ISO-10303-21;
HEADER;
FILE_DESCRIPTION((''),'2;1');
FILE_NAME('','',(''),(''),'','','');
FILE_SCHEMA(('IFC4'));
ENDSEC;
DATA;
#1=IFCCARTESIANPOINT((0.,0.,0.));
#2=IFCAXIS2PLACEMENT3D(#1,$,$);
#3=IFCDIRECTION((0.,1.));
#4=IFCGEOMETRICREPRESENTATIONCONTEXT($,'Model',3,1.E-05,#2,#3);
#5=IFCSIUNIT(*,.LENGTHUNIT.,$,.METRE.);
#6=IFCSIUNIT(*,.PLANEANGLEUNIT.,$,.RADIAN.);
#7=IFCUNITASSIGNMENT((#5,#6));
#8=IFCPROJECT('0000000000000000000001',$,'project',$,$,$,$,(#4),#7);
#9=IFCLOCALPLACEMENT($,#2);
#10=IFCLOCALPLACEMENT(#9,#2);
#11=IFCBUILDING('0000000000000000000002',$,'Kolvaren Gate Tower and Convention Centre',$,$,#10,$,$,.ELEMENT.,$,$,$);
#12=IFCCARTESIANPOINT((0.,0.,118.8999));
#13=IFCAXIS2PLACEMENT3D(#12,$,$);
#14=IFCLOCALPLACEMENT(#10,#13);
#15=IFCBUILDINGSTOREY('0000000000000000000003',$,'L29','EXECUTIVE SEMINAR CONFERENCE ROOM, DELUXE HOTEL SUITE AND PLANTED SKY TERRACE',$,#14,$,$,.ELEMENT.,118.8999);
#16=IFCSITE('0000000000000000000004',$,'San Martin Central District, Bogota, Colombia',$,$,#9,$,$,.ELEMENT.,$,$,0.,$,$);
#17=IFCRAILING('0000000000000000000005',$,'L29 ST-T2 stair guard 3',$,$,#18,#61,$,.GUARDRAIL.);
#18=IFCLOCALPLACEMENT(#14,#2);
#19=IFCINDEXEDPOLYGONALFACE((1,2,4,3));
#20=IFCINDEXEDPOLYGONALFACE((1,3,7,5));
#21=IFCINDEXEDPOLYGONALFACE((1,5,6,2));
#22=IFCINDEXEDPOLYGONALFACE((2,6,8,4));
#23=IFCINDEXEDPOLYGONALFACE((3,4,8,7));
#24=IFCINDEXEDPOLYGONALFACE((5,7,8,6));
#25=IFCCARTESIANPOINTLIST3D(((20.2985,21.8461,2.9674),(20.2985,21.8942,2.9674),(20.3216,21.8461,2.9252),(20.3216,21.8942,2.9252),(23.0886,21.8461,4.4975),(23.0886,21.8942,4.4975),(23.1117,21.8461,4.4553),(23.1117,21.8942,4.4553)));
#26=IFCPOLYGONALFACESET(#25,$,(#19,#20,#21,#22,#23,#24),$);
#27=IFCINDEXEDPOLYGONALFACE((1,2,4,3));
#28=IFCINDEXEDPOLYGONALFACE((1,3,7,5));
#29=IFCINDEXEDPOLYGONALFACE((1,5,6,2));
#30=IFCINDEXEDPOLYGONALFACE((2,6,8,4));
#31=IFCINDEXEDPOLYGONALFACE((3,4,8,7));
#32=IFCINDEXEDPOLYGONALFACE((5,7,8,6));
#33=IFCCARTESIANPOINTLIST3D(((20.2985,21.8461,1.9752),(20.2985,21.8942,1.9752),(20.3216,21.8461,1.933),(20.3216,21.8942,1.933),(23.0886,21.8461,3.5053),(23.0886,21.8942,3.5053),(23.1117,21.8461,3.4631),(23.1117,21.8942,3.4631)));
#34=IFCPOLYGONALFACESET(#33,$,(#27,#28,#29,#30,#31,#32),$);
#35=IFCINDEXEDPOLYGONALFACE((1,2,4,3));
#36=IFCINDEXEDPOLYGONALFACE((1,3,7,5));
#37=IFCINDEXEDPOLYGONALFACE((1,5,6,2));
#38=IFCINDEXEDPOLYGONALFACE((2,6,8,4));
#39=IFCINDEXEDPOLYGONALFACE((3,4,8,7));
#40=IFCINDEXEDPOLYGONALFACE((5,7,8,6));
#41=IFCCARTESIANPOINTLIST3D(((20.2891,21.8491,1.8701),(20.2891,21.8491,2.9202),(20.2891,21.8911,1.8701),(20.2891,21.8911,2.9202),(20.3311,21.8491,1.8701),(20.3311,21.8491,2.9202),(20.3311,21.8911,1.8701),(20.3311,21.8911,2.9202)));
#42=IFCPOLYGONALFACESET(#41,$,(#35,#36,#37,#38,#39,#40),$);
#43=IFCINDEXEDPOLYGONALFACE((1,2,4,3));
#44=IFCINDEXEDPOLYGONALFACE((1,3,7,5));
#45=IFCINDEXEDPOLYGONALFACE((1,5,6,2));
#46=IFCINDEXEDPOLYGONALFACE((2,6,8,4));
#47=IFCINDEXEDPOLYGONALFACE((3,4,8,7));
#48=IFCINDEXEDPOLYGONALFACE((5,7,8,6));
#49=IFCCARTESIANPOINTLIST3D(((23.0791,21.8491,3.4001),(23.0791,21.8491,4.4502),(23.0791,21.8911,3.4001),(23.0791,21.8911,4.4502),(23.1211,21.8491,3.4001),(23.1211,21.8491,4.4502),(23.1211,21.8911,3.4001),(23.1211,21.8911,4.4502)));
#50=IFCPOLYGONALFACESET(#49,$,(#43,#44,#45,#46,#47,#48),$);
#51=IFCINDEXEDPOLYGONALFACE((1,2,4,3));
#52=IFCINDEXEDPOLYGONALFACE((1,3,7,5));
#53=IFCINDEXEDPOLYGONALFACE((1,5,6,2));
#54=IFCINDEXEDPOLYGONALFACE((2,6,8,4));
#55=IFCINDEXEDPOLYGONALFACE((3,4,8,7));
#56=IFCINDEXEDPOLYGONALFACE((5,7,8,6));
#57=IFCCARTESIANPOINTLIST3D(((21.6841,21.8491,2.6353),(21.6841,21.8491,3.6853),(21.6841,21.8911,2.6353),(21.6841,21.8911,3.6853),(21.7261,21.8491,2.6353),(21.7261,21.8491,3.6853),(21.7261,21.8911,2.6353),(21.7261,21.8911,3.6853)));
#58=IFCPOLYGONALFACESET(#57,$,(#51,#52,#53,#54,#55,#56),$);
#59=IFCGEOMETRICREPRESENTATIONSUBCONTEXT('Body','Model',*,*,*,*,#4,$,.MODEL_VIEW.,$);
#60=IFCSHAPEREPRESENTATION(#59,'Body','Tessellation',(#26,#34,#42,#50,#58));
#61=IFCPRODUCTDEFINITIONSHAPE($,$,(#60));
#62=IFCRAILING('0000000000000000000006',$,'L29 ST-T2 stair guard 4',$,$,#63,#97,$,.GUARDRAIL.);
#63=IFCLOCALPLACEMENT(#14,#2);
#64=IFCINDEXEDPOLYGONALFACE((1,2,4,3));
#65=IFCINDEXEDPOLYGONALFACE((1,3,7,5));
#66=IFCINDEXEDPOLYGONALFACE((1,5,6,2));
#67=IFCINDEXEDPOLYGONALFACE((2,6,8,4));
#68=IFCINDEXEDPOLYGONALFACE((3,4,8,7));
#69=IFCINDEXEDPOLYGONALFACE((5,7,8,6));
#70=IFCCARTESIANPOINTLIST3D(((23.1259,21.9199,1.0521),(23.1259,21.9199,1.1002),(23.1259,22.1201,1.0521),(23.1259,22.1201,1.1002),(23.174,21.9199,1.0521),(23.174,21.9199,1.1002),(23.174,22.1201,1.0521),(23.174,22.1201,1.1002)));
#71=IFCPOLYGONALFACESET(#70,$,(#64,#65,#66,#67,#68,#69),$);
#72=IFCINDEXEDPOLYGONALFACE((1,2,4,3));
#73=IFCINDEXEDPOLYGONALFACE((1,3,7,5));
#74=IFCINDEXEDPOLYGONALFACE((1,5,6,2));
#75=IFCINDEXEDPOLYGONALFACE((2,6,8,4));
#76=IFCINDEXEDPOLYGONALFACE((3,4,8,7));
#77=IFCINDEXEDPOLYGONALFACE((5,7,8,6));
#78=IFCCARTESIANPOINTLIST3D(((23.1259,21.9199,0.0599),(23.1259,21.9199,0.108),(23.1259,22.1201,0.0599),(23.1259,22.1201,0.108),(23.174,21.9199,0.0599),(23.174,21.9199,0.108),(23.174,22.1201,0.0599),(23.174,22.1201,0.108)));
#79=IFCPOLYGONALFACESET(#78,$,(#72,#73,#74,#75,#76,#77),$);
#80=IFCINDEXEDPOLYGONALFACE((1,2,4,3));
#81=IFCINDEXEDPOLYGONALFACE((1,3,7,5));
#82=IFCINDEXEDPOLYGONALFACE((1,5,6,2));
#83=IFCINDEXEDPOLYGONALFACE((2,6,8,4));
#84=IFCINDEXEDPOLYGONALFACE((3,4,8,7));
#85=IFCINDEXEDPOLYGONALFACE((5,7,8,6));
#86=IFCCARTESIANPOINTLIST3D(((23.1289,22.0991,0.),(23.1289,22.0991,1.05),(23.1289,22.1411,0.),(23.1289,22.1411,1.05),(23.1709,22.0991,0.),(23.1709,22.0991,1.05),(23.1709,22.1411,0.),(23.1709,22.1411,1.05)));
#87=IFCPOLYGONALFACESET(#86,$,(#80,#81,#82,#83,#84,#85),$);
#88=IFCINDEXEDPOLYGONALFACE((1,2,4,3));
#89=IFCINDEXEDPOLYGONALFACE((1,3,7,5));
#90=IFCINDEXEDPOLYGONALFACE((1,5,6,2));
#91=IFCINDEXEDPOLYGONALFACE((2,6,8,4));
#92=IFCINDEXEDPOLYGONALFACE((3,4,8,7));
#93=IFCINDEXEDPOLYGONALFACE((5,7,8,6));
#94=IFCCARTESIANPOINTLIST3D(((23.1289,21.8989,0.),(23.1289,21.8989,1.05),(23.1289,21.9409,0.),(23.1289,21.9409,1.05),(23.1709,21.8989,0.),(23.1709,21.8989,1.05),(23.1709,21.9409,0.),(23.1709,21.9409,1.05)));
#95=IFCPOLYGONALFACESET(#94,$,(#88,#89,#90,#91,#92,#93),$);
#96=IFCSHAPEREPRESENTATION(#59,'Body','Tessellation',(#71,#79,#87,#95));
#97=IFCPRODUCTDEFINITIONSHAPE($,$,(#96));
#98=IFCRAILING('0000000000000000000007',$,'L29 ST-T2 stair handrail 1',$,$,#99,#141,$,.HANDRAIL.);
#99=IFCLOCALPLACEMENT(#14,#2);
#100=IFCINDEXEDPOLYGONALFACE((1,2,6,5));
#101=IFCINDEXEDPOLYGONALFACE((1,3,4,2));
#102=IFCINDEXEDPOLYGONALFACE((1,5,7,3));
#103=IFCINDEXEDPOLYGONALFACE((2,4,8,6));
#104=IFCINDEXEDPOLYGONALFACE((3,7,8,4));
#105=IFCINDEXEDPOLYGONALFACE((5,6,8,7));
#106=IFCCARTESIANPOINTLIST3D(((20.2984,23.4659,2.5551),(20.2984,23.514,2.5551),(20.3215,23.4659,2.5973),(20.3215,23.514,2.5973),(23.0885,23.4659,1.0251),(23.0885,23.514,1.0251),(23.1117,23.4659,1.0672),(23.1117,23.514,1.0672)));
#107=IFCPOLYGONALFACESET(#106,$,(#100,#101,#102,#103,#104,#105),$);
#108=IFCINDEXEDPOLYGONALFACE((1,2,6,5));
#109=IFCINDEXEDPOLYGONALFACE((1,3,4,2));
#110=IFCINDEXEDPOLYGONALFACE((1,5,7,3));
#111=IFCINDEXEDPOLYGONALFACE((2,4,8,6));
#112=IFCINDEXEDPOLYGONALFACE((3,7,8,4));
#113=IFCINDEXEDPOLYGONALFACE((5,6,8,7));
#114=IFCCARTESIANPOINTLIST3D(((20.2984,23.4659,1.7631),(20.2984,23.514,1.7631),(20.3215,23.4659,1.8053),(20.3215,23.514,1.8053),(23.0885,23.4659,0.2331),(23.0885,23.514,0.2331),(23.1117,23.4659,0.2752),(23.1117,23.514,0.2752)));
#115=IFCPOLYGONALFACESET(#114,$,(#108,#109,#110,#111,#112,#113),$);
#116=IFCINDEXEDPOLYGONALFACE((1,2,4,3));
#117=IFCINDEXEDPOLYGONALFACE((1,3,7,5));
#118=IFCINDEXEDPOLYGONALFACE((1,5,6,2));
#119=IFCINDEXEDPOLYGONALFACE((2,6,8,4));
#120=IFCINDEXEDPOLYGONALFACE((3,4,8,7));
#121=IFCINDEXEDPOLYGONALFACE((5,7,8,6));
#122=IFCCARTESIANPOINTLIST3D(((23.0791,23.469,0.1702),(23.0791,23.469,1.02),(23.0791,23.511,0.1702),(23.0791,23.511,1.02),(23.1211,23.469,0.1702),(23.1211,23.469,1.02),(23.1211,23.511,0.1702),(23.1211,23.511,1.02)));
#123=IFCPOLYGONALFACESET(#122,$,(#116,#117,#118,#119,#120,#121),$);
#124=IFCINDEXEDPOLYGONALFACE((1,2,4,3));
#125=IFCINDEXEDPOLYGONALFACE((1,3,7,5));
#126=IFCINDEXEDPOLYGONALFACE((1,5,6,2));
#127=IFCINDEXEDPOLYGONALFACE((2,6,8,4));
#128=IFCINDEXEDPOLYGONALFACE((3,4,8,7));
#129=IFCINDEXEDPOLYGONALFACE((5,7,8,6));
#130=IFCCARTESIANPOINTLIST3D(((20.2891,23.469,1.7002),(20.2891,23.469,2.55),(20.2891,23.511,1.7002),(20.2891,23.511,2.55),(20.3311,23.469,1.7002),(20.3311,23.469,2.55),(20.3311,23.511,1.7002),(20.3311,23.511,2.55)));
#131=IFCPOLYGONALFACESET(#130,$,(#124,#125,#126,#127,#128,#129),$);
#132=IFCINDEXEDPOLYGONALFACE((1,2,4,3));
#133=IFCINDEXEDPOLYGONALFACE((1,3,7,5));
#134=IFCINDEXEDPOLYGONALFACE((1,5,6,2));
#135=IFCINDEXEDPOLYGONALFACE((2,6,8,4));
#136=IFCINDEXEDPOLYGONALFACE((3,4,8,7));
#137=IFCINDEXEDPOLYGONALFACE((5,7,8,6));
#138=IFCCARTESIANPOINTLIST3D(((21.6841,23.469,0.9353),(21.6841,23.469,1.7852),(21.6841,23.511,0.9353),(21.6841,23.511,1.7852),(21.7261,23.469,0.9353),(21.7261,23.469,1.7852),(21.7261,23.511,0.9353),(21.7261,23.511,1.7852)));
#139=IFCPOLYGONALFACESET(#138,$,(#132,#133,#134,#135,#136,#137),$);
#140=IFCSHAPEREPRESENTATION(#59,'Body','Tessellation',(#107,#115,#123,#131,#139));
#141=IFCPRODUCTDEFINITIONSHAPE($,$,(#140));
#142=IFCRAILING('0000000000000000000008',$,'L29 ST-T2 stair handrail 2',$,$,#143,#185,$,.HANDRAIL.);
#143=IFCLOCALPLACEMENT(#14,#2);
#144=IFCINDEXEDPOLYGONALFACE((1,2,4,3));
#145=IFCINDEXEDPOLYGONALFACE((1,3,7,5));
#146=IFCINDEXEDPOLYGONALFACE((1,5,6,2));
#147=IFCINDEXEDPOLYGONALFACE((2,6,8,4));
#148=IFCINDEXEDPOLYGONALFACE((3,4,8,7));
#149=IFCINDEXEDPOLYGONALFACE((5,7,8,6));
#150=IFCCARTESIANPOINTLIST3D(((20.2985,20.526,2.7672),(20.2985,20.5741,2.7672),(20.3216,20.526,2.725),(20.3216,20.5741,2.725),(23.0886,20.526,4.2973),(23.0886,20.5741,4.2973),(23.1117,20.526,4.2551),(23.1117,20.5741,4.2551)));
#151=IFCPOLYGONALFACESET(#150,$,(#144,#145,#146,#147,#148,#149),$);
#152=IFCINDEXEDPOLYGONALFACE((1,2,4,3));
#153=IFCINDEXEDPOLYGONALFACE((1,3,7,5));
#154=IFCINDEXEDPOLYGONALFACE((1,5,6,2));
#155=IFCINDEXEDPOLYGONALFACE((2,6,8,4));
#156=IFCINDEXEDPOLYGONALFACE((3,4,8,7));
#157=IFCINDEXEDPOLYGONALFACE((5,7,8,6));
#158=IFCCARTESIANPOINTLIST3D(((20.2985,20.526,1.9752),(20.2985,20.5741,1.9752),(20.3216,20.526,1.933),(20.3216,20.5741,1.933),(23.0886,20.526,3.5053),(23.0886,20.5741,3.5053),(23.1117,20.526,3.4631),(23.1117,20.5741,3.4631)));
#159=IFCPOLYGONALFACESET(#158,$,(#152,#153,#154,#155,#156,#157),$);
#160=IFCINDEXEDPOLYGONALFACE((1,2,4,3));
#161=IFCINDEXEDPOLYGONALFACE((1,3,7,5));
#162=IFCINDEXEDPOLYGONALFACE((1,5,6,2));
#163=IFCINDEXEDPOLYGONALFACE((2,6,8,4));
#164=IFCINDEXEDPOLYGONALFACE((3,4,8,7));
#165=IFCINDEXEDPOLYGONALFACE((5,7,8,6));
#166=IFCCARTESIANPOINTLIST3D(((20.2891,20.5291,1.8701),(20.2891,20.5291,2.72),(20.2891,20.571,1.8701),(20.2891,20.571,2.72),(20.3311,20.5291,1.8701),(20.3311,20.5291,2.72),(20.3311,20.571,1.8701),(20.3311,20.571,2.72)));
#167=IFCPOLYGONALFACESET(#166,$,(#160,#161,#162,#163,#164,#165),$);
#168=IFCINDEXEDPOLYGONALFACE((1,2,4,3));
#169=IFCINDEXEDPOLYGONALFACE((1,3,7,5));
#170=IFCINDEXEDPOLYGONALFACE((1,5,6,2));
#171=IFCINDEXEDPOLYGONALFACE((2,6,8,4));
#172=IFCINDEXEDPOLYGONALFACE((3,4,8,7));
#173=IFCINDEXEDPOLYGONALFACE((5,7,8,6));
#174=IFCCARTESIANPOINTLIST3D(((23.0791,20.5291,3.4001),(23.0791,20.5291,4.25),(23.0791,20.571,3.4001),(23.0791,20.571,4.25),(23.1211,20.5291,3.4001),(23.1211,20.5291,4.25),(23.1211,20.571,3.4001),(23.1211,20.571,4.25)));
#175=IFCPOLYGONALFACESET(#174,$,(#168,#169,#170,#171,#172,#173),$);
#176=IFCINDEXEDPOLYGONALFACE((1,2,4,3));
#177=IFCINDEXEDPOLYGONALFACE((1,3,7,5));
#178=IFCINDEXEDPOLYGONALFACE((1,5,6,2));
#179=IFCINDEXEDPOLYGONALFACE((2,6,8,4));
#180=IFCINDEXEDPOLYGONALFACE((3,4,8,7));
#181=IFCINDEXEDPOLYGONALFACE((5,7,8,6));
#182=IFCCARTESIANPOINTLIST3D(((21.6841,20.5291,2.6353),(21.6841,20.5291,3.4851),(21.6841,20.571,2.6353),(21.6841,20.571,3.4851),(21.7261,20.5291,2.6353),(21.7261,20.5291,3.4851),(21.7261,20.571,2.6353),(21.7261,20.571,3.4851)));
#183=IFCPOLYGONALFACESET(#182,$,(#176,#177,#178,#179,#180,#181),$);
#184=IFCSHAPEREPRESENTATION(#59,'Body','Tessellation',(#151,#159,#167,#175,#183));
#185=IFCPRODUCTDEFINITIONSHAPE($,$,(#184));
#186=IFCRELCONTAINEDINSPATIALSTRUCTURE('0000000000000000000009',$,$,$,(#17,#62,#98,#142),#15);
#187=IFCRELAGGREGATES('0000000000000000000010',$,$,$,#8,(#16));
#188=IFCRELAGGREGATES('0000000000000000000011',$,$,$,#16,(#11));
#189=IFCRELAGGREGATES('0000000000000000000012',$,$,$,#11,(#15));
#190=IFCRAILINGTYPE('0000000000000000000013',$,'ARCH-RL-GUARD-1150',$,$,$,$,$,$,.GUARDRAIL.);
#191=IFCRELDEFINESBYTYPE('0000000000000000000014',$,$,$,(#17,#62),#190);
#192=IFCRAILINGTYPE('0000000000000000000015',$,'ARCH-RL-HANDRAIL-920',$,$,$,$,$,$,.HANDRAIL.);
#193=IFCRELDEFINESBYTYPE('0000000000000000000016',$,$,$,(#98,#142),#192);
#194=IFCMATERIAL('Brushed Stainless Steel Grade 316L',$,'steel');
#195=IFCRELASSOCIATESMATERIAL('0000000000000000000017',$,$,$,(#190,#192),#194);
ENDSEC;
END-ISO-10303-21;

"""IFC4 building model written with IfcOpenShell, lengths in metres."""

from ifc_helpers import new_model, si_unit, direction, frame, origin, origin_2d, place, context, subcontext, project, spatial, rectangle, extrude, material, type_object, element, save


model = new_model("IFC4")

# Units and contexts
model_context = context("Model", 3, precision=1e-05, world=origin(), true_north=direction((0.0, 1.0)))
body_context = subcontext(model_context, "Body", "Model", "MODEL_VIEW")
ifc_project = project(units=[si_unit("LENGTHUNIT", "METRE"), si_unit("PLANEANGLEUNIT", "RADIAN")], contexts=[model_context])

# Site, building, storey
site_placement = place(None, origin())
site = spatial("IfcSite", under=ifc_project, at=site_placement, Name="San Martin Central District, Bogota, Colombia", CompositionType="ELEMENT", RefElevation=0.0)
building_placement = place(site_placement, origin())
building = spatial("IfcBuilding", under=site, at=building_placement, Name="Kolvaren Gate Tower and Convention Centre", CompositionType="ELEMENT")
storey_placement = place(building_placement, frame((0.0, 0.0, 118.8999)))
storey = spatial("IfcBuildingStorey", under=building, at=storey_placement, Name="L29", Description="EXECUTIVE SEMINAR CONFERENCE ROOM, DELUXE HOTEL SUITE AND PLANTED SKY TERRACE", CompositionType="ELEMENT", Elevation=118.8999)

# Shared definitions
ifc_material_1 = material(Name="Brushed Stainless Steel Grade 316L", Category="steel")

# Railings
railing_type_1 = type_object("IfcRailingType", Name="ARCH-RL-GUARD-1150", PredefinedType="GUARDRAIL", material=ifc_material_1)
railing_1_placement = place(storey_placement, frame((20.3101, 21.8701, 1.8701)))
element("IfcRailing", 1, at=railing_1_placement, inside=storey, type_object=railing_type_1, Name="L29 ST-T2 stair guard 3", PredefinedType="GUARDRAIL", context=body_context, shape_type="SweptSolid", body=[
    extrude(rectangle(XDim=0.0481, YDim=0.0481, at=origin_2d()), frame((0.0, 0.0, 1.0762), z_axis=(0.876811, 0.0, 0.480835), x_axis=(0.0, 1.0, 0.0)), (0.0, 0.0, 1.0), 3.1821),
    extrude(rectangle(XDim=0.0481, YDim=0.0481, at=origin_2d()), frame((0.0, 0.0, 0.084), z_axis=(0.876811, 0.0, 0.480835), x_axis=(0.0, 1.0, 0.0)), (0.0, 0.0, 1.0), 3.1821),
    extrude(rectangle(XDim=0.042, YDim=0.042, at=origin_2d()), origin(), (0.0, 0.0, 1.0), 1.05),
    extrude(rectangle(XDim=0.042, YDim=0.042, at=origin_2d()), frame((2.79, 0.0, 1.53)), (0.0, 0.0, 1.0), 1.05),
    extrude(rectangle(XDim=0.042, YDim=0.042, at=origin_2d()), frame((1.395, 0.0, 0.7651)), (0.0, 0.0, 1.0), 1.05),
])
railing_2_placement = place(storey_placement, frame((23.1499, 22.1201, 0.0)))
element("IfcRailing", 2, at=railing_2_placement, inside=storey, type_object=railing_type_1, Name="L29 ST-T2 stair guard 4", PredefinedType="GUARDRAIL", context=body_context, shape_type="SweptSolid", body=[
    extrude(rectangle(XDim=0.0481, YDim=0.0481, at=origin_2d()), frame((0.0, 0.0, 1.0762), z_axis=(0.0, -1.0, 0.0), x_axis=(1.0, 0.0, 0.0)), (0.0, 0.0, 1.0), 0.2002),
    extrude(rectangle(XDim=0.0481, YDim=0.0481, at=origin_2d()), frame((0.0, 0.0, 0.084), z_axis=(0.0, -1.0, 0.0), x_axis=(1.0, 0.0, 0.0)), (0.0, 0.0, 1.0), 0.2002),
    extrude(rectangle(XDim=0.042, YDim=0.042, at=origin_2d()), origin(), (0.0, 0.0, 1.0), 1.05),
    extrude(rectangle(XDim=0.042, YDim=0.042, at=origin_2d()), frame((0.0, -0.2002, 0.0)), (0.0, 0.0, 1.0), 1.05),
])
railing_type_2 = type_object("IfcRailingType", Name="ARCH-RL-HANDRAIL-920", PredefinedType="HANDRAIL", material=ifc_material_1)
railing_3_placement = place(storey_placement, frame((23.1001, 23.49, 0.1702)))
element("IfcRailing", 3, at=railing_3_placement, inside=storey, type_object=railing_type_2, Name="L29 ST-T2 stair handrail 1", PredefinedType="HANDRAIL", context=body_context, shape_type="SweptSolid", body=[
    extrude(rectangle(XDim=0.0481, YDim=0.0481, at=origin_2d()), frame((0.0, 0.0, 0.876), z_axis=(-0.876811, 0.0, 0.480835), x_axis=(0.0, -1.0, 0.0)), (0.0, 0.0, 1.0), 3.1821),
    extrude(rectangle(XDim=0.0481, YDim=0.0481, at=origin_2d()), frame((0.0, 0.0, 0.084), z_axis=(-0.876811, 0.0, 0.480835), x_axis=(0.0, -1.0, 0.0)), (0.0, 0.0, 1.0), 3.1821),
    extrude(rectangle(XDim=0.042, YDim=0.042, at=origin_2d()), origin(), (0.0, 0.0, 1.0), 0.8499),
    extrude(rectangle(XDim=0.042, YDim=0.042, at=origin_2d()), frame((-2.79, 0.0, 1.53)), (0.0, 0.0, 1.0), 0.8499),
    extrude(rectangle(XDim=0.042, YDim=0.042, at=origin_2d()), frame((-1.395, 0.0, 0.7651)), (0.0, 0.0, 1.0), 0.8499),
])
railing_4_placement = place(storey_placement, frame((20.3101, 20.55, 1.8701)))
element("IfcRailing", 4, at=railing_4_placement, inside=storey, type_object=railing_type_2, Name="L29 ST-T2 stair handrail 2", PredefinedType="HANDRAIL", context=body_context, shape_type="SweptSolid", body=[
    extrude(rectangle(XDim=0.0481, YDim=0.0481, at=origin_2d()), frame((0.0, 0.0, 0.876), z_axis=(0.876811, 0.0, 0.480835), x_axis=(0.0, 1.0, 0.0)), (0.0, 0.0, 1.0), 3.1821),
    extrude(rectangle(XDim=0.0481, YDim=0.0481, at=origin_2d()), frame((0.0, 0.0, 0.084), z_axis=(0.876811, 0.0, 0.480835), x_axis=(0.0, 1.0, 0.0)), (0.0, 0.0, 1.0), 3.1821),
    extrude(rectangle(XDim=0.042, YDim=0.042, at=origin_2d()), origin(), (0.0, 0.0, 1.0), 0.8499),
    extrude(rectangle(XDim=0.042, YDim=0.042, at=origin_2d()), frame((2.79, 0.0, 1.53)), (0.0, 0.0, 1.0), 0.8499),
    extrude(rectangle(XDim=0.042, YDim=0.042, at=origin_2d()), frame((1.395, 0.0, 0.7651)), (0.0, 0.0, 1.0), 0.8499),
])

save(model, "model.ifc")
